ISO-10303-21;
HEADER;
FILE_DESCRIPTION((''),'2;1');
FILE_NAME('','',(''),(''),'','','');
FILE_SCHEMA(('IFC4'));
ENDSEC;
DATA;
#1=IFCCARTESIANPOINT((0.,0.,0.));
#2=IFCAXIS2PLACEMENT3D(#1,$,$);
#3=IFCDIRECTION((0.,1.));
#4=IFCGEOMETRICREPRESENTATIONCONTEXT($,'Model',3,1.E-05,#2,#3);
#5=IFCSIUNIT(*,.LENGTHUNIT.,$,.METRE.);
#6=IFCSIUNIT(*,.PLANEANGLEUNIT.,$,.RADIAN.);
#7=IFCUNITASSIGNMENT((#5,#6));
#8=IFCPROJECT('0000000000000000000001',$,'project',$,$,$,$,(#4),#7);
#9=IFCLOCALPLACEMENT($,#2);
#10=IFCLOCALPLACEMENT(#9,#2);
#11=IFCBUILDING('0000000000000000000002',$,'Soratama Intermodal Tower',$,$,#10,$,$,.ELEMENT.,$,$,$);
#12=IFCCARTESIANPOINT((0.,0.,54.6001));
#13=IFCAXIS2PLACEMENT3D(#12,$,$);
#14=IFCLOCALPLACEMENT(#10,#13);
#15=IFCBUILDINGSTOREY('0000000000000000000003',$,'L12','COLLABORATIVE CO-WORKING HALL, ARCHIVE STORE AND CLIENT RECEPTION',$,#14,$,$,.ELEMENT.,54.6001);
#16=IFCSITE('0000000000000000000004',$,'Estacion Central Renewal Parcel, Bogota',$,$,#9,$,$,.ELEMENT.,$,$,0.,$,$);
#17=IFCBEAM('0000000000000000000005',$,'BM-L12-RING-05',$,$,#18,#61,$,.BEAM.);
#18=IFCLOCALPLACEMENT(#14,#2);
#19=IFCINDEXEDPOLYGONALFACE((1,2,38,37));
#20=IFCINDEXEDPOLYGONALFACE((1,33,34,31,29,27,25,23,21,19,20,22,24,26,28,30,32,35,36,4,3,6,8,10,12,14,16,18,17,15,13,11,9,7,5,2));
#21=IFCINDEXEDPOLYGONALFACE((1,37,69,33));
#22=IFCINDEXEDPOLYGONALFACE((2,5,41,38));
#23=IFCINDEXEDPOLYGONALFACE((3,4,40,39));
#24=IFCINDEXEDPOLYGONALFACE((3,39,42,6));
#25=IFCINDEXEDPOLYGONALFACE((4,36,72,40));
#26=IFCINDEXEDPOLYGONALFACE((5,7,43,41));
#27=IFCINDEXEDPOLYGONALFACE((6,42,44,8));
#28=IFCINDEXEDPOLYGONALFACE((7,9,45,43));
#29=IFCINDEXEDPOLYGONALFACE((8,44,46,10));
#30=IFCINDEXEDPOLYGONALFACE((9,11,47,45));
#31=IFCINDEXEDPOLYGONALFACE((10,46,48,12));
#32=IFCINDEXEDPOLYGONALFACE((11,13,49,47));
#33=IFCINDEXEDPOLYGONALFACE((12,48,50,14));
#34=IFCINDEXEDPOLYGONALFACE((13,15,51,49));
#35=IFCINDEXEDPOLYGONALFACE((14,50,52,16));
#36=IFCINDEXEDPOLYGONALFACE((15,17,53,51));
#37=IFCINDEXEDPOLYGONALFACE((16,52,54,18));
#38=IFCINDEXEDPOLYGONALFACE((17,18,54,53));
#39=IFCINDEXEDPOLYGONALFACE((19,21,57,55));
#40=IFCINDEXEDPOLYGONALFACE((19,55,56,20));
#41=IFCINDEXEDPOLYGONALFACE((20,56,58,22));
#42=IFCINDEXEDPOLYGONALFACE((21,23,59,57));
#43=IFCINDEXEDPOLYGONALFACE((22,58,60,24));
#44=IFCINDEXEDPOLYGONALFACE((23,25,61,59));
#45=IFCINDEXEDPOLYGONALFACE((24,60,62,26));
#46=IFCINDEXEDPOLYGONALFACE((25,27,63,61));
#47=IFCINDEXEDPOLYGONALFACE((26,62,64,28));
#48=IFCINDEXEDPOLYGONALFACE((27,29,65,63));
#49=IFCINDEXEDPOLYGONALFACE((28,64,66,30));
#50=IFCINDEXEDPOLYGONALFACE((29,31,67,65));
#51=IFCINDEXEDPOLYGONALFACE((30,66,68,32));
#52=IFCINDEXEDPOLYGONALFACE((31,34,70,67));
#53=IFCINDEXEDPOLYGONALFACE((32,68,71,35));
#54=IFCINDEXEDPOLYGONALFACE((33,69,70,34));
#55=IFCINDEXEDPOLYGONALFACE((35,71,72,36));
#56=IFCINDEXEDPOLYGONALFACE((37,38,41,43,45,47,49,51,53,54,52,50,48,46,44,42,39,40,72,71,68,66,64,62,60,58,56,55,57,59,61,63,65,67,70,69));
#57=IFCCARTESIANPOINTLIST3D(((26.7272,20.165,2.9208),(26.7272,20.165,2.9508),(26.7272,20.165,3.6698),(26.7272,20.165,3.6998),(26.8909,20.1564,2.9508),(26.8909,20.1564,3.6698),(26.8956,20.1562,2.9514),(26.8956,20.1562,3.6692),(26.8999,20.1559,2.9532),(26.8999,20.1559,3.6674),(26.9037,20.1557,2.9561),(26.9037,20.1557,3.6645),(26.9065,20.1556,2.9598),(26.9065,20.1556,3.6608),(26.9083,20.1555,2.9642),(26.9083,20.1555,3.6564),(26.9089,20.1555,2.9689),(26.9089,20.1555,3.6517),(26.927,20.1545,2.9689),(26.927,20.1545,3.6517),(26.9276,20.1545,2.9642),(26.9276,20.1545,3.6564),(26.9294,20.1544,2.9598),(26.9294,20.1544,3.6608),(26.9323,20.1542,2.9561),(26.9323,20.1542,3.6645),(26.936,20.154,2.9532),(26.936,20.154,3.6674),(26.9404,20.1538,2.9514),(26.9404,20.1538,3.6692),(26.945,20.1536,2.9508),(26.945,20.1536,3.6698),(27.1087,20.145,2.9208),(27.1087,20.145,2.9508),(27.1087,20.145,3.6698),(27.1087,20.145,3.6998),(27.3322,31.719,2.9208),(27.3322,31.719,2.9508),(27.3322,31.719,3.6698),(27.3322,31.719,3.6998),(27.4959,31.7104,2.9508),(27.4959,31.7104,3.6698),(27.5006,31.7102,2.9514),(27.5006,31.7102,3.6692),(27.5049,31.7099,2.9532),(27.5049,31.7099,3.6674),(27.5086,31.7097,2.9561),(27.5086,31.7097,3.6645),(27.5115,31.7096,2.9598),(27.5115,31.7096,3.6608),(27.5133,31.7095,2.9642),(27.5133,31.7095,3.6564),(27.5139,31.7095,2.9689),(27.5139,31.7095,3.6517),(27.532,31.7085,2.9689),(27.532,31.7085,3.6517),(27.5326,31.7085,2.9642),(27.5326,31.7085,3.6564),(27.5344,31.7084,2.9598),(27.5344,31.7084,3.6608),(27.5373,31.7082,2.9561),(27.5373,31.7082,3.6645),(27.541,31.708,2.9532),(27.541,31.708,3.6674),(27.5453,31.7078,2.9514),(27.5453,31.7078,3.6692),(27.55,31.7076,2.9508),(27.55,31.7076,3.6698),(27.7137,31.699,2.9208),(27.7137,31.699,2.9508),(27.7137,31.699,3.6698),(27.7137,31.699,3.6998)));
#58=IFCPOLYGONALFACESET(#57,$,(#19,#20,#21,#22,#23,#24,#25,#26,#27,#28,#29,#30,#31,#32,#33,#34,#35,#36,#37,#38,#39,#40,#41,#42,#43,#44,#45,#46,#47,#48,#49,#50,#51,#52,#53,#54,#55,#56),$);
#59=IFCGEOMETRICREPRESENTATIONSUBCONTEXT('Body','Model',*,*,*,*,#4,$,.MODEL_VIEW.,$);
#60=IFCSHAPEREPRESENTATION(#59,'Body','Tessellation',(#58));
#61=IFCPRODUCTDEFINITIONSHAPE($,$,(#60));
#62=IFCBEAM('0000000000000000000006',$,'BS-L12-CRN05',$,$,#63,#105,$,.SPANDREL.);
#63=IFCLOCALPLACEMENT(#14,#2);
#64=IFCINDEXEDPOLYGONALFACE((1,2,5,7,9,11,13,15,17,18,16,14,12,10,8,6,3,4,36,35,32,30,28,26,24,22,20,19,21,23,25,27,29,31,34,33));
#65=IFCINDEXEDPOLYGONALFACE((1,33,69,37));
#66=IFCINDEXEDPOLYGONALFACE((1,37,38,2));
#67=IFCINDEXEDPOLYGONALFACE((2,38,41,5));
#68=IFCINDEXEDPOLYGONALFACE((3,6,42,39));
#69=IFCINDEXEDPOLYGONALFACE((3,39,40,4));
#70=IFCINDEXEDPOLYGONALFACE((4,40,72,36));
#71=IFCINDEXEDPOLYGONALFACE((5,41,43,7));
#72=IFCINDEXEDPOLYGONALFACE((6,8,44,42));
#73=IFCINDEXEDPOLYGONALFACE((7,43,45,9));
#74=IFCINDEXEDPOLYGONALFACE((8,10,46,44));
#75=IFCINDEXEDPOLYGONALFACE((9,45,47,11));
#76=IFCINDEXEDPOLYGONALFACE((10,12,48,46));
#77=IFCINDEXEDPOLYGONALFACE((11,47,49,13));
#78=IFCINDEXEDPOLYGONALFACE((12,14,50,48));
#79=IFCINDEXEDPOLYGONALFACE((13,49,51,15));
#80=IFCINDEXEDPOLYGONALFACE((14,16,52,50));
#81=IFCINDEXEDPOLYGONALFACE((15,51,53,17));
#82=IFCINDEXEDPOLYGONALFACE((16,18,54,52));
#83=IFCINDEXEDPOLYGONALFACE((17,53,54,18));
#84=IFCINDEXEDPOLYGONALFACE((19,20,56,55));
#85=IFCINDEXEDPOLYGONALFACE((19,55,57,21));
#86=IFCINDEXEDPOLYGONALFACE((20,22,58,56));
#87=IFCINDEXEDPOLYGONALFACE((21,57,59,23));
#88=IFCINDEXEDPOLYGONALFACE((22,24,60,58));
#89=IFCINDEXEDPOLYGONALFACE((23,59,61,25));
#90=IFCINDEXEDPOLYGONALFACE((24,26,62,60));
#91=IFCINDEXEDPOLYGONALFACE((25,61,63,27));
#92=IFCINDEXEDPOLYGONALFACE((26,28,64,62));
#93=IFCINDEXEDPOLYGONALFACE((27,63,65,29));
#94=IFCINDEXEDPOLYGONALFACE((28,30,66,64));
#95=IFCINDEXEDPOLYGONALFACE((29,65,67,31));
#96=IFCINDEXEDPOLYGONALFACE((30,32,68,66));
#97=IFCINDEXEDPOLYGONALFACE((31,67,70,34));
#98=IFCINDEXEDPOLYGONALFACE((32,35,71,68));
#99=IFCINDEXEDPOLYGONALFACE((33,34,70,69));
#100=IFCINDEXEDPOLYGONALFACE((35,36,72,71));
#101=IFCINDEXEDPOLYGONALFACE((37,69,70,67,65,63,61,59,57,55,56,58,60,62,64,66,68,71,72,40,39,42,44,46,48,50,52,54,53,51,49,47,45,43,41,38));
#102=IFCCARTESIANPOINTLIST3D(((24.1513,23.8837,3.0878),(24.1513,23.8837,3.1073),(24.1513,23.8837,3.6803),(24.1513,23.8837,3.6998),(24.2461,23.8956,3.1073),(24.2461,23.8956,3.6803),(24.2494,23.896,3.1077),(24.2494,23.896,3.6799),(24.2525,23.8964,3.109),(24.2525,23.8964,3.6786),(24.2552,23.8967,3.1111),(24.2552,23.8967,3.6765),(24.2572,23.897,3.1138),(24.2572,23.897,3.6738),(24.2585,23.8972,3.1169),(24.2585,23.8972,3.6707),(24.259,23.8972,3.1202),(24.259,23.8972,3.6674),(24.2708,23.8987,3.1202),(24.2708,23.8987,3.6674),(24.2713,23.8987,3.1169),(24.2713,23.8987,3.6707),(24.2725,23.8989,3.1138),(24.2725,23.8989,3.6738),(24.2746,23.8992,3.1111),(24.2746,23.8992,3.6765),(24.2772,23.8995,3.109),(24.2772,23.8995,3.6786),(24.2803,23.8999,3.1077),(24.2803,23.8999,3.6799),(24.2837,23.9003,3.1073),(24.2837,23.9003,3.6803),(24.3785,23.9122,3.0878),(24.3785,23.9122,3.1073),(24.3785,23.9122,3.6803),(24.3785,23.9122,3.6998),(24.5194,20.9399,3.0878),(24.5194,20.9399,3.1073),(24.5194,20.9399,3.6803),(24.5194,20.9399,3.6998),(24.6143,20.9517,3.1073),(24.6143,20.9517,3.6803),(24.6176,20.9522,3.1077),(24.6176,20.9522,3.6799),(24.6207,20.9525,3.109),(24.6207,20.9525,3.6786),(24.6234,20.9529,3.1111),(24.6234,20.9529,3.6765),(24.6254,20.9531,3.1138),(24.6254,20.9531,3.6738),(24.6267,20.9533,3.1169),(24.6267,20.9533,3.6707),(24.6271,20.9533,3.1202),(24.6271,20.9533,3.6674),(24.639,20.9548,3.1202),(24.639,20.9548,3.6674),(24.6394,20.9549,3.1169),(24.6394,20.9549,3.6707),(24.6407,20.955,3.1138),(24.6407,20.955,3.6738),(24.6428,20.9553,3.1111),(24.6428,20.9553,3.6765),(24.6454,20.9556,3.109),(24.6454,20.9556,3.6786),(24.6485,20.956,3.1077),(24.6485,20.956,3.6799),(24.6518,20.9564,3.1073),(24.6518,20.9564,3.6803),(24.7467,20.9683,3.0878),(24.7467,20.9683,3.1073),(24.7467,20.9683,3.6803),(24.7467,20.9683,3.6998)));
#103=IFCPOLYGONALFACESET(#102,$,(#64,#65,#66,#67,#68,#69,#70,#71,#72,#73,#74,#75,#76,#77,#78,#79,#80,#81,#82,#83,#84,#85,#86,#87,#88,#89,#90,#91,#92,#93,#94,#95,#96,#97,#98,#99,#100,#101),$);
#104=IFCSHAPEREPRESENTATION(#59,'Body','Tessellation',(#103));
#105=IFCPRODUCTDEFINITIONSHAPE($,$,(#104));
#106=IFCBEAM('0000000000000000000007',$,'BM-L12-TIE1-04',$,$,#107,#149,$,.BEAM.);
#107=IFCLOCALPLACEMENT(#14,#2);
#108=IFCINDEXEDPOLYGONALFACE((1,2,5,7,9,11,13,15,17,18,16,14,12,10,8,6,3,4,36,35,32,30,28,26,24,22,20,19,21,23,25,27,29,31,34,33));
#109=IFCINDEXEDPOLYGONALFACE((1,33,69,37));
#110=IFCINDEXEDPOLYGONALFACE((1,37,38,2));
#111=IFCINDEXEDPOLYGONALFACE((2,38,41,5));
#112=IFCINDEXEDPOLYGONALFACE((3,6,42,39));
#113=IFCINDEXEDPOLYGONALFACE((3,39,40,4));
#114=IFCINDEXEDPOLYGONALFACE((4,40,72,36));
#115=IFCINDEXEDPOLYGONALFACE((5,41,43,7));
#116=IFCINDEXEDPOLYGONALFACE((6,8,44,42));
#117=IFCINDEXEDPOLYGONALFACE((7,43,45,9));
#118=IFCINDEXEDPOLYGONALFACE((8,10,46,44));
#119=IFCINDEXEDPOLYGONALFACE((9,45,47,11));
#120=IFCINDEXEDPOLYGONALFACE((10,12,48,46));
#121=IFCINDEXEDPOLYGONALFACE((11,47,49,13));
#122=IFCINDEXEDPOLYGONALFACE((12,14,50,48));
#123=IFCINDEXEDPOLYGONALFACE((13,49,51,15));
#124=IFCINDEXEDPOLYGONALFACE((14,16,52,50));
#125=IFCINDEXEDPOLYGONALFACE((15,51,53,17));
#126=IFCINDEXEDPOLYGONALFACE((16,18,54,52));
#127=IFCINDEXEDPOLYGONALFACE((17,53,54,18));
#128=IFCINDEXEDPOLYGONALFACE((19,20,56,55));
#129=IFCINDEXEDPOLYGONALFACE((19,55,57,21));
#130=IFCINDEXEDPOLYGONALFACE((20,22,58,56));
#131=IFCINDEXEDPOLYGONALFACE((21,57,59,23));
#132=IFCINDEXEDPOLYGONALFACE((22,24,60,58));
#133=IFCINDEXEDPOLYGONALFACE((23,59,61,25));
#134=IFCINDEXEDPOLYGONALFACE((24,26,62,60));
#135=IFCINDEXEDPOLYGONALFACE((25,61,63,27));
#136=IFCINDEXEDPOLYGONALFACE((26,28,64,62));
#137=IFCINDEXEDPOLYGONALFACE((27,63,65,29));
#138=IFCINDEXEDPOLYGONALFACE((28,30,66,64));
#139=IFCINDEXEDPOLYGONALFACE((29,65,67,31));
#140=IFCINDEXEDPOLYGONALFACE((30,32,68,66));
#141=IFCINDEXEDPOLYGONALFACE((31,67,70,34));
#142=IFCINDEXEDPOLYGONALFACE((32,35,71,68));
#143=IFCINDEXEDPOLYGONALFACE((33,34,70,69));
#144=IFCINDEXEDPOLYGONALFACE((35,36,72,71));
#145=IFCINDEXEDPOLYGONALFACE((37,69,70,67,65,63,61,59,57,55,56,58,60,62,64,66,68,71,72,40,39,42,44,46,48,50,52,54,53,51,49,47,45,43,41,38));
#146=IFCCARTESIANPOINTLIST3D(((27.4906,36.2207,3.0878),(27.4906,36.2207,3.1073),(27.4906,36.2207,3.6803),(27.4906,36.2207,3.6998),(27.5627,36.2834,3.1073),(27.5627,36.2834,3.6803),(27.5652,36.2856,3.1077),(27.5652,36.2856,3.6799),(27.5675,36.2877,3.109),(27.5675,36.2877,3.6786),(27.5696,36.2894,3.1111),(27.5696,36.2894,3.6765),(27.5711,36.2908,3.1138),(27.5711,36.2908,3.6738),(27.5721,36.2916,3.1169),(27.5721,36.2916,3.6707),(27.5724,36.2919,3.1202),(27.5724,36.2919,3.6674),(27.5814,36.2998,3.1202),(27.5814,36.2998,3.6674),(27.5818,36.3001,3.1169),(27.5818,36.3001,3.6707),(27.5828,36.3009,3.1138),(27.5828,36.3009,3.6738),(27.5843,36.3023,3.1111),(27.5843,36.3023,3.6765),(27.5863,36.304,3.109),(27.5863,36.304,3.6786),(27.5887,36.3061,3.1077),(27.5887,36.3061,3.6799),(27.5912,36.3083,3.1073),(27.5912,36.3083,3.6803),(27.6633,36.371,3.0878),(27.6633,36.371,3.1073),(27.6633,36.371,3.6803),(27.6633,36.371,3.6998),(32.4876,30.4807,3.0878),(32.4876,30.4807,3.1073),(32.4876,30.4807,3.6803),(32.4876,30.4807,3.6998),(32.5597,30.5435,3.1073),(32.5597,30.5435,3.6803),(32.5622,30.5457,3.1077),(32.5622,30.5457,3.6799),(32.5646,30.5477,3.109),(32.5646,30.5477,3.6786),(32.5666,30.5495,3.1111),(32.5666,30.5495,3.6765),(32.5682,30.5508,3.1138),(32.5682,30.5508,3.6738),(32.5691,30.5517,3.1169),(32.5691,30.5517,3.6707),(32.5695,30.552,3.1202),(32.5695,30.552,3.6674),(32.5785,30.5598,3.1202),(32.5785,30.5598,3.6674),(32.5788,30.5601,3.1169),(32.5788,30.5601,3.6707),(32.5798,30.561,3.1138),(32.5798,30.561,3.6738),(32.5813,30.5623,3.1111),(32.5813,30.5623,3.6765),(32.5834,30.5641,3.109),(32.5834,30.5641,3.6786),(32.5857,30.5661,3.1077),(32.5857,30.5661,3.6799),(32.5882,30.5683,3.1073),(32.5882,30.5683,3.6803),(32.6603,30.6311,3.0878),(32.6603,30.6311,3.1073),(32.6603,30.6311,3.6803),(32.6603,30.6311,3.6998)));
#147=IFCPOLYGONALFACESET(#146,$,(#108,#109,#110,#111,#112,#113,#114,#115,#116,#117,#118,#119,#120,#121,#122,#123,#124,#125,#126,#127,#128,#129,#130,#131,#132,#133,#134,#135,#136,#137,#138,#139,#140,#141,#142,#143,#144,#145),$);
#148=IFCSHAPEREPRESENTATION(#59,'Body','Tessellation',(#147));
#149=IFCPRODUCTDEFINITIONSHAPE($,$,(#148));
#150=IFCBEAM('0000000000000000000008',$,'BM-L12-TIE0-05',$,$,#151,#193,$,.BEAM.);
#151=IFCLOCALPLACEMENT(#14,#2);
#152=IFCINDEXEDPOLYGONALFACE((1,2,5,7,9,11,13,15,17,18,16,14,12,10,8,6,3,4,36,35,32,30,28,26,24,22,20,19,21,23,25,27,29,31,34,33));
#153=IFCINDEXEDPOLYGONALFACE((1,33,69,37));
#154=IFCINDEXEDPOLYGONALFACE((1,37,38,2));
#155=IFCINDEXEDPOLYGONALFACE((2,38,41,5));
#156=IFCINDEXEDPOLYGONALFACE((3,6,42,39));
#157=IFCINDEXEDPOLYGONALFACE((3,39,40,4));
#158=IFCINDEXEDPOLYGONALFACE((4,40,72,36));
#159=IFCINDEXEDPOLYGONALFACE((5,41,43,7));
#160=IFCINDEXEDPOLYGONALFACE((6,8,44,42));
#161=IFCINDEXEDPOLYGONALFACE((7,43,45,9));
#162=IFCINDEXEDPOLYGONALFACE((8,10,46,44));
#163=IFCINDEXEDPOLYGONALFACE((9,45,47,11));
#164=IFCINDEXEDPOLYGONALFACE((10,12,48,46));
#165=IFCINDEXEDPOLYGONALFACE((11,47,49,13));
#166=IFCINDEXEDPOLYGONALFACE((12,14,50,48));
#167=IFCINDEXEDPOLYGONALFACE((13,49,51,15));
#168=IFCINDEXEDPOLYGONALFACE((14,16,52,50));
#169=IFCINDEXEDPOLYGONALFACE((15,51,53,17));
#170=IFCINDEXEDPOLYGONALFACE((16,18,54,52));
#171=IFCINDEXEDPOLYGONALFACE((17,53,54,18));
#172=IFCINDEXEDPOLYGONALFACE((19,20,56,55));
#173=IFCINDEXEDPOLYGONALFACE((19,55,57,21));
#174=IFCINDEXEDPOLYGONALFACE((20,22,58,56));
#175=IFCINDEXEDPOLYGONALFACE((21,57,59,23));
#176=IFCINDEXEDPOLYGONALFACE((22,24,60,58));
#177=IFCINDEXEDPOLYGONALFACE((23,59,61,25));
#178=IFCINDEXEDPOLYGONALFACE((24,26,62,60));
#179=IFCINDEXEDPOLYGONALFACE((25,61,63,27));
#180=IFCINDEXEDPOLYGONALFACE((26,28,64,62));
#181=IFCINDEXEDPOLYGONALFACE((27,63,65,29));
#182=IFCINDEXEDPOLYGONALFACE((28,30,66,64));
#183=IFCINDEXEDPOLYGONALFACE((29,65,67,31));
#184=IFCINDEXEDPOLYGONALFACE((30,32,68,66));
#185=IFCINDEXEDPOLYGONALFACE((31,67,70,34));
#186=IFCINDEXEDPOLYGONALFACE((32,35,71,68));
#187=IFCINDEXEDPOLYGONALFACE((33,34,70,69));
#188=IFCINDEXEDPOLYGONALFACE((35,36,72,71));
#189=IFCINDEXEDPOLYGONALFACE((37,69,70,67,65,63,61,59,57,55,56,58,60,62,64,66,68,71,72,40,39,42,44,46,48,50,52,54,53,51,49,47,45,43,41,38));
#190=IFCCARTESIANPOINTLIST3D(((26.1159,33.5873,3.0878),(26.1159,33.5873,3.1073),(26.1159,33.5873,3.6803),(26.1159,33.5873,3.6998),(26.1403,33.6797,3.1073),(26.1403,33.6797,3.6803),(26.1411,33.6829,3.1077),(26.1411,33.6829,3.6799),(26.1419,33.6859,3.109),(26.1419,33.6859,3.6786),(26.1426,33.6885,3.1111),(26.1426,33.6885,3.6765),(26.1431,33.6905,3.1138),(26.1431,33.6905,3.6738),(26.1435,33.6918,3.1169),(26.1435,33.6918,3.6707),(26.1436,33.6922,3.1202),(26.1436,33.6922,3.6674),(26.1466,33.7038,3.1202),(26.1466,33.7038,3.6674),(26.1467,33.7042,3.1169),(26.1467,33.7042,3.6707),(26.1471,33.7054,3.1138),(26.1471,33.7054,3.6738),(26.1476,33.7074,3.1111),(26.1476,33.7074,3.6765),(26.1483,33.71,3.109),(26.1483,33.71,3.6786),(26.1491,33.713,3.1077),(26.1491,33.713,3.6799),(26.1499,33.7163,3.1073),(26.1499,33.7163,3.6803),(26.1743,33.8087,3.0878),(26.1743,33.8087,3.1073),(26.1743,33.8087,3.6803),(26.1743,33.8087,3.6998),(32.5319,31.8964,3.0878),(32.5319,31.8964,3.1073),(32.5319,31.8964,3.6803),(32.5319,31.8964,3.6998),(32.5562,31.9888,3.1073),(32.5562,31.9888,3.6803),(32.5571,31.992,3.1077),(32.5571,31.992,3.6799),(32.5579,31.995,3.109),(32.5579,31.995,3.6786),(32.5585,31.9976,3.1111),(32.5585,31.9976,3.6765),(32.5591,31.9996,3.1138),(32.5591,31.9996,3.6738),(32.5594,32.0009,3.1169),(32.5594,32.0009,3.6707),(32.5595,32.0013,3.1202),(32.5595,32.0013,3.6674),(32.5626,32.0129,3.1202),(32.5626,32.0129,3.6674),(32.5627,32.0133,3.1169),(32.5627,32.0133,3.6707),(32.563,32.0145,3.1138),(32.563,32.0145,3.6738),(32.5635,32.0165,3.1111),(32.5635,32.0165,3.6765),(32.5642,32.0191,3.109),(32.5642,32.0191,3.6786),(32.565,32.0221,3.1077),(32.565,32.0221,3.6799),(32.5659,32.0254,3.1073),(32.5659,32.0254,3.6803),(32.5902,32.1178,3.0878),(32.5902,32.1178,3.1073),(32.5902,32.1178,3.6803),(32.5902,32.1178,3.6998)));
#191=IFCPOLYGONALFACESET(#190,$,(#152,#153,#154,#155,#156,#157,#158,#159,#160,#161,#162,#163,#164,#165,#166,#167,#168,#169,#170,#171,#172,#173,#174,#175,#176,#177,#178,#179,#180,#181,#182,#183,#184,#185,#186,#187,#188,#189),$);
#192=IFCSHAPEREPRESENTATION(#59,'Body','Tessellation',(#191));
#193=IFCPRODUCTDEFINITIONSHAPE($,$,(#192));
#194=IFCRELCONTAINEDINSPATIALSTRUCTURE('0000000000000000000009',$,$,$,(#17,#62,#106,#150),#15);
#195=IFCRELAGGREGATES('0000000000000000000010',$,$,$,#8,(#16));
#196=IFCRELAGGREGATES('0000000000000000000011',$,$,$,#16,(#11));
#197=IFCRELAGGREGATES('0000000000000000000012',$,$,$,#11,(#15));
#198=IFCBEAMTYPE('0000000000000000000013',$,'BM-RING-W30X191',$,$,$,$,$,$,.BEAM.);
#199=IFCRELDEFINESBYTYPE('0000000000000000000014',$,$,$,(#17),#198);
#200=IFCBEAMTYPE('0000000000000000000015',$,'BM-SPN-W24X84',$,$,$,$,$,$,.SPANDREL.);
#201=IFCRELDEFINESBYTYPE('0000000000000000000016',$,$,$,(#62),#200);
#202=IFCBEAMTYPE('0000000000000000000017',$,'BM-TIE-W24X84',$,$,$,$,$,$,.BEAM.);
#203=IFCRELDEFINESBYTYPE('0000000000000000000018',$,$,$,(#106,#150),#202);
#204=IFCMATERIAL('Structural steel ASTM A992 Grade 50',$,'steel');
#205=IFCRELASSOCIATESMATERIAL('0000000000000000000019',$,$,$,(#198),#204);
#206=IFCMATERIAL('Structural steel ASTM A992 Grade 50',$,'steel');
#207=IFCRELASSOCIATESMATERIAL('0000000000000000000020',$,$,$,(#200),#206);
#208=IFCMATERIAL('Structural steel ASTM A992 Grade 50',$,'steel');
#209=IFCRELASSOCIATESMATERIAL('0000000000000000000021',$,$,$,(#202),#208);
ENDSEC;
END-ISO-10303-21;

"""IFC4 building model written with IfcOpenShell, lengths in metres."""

from ifc_helpers import new_model, si_unit, direction, frame, origin, origin_2d, place, context, subcontext, project, spatial, i_section, extrude, material, material_profile, profile_set, type_object, element, save


model = new_model("IFC4")

# Units and contexts
model_context = context("Model", 3, precision=1e-05, world=origin(), true_north=direction((0.0, 1.0)))
body_context = subcontext(model_context, "Body", "Model", "MODEL_VIEW")
ifc_project = project(units=[si_unit("LENGTHUNIT", "METRE"), si_unit("PLANEANGLEUNIT", "RADIAN")], contexts=[model_context])

# Site, building, storey
site_placement = place(None, origin())
site = spatial("IfcSite", under=ifc_project, at=site_placement, Name="Estacion Central Renewal Parcel, Bogota", CompositionType="ELEMENT", RefElevation=0.0)
building_placement = place(site_placement, origin())
building = spatial("IfcBuilding", under=site, at=building_placement, Name="Soratama Intermodal Tower", CompositionType="ELEMENT")
storey_placement = place(building_placement, frame((0.0, 0.0, 54.6001)))
storey = spatial("IfcBuildingStorey", under=building, at=storey_placement, Name="L12", Description="COLLABORATIVE CO-WORKING HALL, ARCHIVE STORE AND CLIENT RECEPTION", CompositionType="ELEMENT", Elevation=54.6001)

# Beams
ifc_material_1 = material(Name="Structural steel ASTM A992 Grade 50", Category="steel")
ifc_material_profile_1 = material_profile(ifc_material_1, i_section(OverallWidth=0.3821, OverallDepth=0.7791, WebThickness=0.0181, FlangeThickness=0.03, FilletRadius=0.0181, at=origin_2d()), Name="W30X191")
ifc_profile_set_1 = profile_set([ifc_material_profile_1], Name="Structural steel ASTM A992 Grade 50")
beam_type_1 = type_object("IfcBeamType", Name="BM-RING-W30X191", PredefinedType="BEAM", material=ifc_profile_set_1)
beam_1_placement = place(storey_placement, frame((27.5229, 31.709, 3.3103), z_axis=(-0.05229, -0.998632, 0.0), x_axis=(0.998632, -0.05229, 0.0)))
element("IfcBeam", 1, at=beam_1_placement, inside=storey, type_object=beam_type_1, Name="BM-L12-RING-05", PredefinedType="BEAM", context=body_context, shape_type="SweptSolid", body=[
    extrude(i_section(OverallWidth=0.3821, OverallDepth=0.7791, WebThickness=0.0181, FlangeThickness=0.03, FilletRadius=0.0181, at=origin_2d()), origin(), (0.0, 0.0, 1.0), 11.5698),
])
ifc_material_2 = material(Name="Structural steel ASTM A992 Grade 50", Category="steel")
ifc_material_profile_2 = material_profile(ifc_material_2, i_section(OverallWidth=0.229, OverallDepth=0.6121, WebThickness=0.012, FlangeThickness=0.0195, FilletRadius=0.0129, at=origin_2d()), Name="W24X84")
ifc_profile_set_2 = profile_set([ifc_material_profile_2], Name="Structural steel ASTM A992 Grade 50")
beam_type_2 = type_object("IfcBeamType", Name="BM-SPN-W24X84", PredefinedType="SPANDREL", material=ifc_profile_set_2)
beam_2_placement = place(storey_placement, frame((24.2649, 23.8979, 3.3938), z_axis=(0.124096, -0.99227, 0.0), x_axis=(0.99227, 0.124096, 0.0)))
element("IfcBeam", 2, at=beam_2_placement, inside=storey, type_object=beam_type_2, Name="BS-L12-CRN05", PredefinedType="SPANDREL", context=body_context, shape_type="SweptSolid", body=[
    extrude(i_section(OverallWidth=0.229, OverallDepth=0.6121, WebThickness=0.012, FlangeThickness=0.0195, FilletRadius=0.0129, at=origin_2d()), origin(), (0.0, 0.0, 1.0), 2.9668),
])
ifc_material_3 = material(Name="Structural steel ASTM A992 Grade 50", Category="steel")
ifc_material_profile_3 = material_profile(ifc_material_3, i_section(OverallWidth=0.229, OverallDepth=0.6121, WebThickness=0.012, FlangeThickness=0.0195, FilletRadius=0.0129, at=origin_2d()), Name="W24X84")
ifc_profile_set_3 = profile_set([ifc_material_profile_3], Name="Structural steel ASTM A992 Grade 50")
beam_type_3 = type_object("IfcBeamType", Name="BM-TIE-W24X84", PredefinedType="BEAM", material=ifc_profile_set_3)
beam_3_placement = place(storey_placement, frame((32.574, 30.5559, 3.3938), z_axis=(-0.656611, 0.75423, 0.0), x_axis=(-0.75423, -0.656611, 0.0)))
element("IfcBeam", 3, at=beam_3_placement, inside=storey, type_object=beam_type_3, Name="BM-L12-TIE1-04", PredefinedType="BEAM", context=body_context, shape_type="SweptSolid", body=[
    extrude(i_section(OverallWidth=0.229, OverallDepth=0.6121, WebThickness=0.012, FlangeThickness=0.0195, FilletRadius=0.0129, at=origin_2d()), origin(), (0.0, 0.0, 1.0), 7.6104),
])
beam_4_placement = place(storey_placement, frame((32.561, 32.0071, 3.3938), z_axis=(-0.966982, 0.254845, 0.0), x_axis=(-0.254845, -0.966982, 0.0)))
element("IfcBeam", 4, at=beam_4_placement, inside=storey, type_object=beam_type_3, Name="BM-L12-TIE0-05", PredefinedType="BEAM", context=body_context, shape_type="SweptSolid", body=[
    extrude(i_section(OverallWidth=0.229, OverallDepth=0.6121, WebThickness=0.012, FlangeThickness=0.0195, FilletRadius=0.0129, at=origin_2d()), origin(), (0.0, 0.0, 1.0), 6.635),
])

save(model, "model.ifc")
